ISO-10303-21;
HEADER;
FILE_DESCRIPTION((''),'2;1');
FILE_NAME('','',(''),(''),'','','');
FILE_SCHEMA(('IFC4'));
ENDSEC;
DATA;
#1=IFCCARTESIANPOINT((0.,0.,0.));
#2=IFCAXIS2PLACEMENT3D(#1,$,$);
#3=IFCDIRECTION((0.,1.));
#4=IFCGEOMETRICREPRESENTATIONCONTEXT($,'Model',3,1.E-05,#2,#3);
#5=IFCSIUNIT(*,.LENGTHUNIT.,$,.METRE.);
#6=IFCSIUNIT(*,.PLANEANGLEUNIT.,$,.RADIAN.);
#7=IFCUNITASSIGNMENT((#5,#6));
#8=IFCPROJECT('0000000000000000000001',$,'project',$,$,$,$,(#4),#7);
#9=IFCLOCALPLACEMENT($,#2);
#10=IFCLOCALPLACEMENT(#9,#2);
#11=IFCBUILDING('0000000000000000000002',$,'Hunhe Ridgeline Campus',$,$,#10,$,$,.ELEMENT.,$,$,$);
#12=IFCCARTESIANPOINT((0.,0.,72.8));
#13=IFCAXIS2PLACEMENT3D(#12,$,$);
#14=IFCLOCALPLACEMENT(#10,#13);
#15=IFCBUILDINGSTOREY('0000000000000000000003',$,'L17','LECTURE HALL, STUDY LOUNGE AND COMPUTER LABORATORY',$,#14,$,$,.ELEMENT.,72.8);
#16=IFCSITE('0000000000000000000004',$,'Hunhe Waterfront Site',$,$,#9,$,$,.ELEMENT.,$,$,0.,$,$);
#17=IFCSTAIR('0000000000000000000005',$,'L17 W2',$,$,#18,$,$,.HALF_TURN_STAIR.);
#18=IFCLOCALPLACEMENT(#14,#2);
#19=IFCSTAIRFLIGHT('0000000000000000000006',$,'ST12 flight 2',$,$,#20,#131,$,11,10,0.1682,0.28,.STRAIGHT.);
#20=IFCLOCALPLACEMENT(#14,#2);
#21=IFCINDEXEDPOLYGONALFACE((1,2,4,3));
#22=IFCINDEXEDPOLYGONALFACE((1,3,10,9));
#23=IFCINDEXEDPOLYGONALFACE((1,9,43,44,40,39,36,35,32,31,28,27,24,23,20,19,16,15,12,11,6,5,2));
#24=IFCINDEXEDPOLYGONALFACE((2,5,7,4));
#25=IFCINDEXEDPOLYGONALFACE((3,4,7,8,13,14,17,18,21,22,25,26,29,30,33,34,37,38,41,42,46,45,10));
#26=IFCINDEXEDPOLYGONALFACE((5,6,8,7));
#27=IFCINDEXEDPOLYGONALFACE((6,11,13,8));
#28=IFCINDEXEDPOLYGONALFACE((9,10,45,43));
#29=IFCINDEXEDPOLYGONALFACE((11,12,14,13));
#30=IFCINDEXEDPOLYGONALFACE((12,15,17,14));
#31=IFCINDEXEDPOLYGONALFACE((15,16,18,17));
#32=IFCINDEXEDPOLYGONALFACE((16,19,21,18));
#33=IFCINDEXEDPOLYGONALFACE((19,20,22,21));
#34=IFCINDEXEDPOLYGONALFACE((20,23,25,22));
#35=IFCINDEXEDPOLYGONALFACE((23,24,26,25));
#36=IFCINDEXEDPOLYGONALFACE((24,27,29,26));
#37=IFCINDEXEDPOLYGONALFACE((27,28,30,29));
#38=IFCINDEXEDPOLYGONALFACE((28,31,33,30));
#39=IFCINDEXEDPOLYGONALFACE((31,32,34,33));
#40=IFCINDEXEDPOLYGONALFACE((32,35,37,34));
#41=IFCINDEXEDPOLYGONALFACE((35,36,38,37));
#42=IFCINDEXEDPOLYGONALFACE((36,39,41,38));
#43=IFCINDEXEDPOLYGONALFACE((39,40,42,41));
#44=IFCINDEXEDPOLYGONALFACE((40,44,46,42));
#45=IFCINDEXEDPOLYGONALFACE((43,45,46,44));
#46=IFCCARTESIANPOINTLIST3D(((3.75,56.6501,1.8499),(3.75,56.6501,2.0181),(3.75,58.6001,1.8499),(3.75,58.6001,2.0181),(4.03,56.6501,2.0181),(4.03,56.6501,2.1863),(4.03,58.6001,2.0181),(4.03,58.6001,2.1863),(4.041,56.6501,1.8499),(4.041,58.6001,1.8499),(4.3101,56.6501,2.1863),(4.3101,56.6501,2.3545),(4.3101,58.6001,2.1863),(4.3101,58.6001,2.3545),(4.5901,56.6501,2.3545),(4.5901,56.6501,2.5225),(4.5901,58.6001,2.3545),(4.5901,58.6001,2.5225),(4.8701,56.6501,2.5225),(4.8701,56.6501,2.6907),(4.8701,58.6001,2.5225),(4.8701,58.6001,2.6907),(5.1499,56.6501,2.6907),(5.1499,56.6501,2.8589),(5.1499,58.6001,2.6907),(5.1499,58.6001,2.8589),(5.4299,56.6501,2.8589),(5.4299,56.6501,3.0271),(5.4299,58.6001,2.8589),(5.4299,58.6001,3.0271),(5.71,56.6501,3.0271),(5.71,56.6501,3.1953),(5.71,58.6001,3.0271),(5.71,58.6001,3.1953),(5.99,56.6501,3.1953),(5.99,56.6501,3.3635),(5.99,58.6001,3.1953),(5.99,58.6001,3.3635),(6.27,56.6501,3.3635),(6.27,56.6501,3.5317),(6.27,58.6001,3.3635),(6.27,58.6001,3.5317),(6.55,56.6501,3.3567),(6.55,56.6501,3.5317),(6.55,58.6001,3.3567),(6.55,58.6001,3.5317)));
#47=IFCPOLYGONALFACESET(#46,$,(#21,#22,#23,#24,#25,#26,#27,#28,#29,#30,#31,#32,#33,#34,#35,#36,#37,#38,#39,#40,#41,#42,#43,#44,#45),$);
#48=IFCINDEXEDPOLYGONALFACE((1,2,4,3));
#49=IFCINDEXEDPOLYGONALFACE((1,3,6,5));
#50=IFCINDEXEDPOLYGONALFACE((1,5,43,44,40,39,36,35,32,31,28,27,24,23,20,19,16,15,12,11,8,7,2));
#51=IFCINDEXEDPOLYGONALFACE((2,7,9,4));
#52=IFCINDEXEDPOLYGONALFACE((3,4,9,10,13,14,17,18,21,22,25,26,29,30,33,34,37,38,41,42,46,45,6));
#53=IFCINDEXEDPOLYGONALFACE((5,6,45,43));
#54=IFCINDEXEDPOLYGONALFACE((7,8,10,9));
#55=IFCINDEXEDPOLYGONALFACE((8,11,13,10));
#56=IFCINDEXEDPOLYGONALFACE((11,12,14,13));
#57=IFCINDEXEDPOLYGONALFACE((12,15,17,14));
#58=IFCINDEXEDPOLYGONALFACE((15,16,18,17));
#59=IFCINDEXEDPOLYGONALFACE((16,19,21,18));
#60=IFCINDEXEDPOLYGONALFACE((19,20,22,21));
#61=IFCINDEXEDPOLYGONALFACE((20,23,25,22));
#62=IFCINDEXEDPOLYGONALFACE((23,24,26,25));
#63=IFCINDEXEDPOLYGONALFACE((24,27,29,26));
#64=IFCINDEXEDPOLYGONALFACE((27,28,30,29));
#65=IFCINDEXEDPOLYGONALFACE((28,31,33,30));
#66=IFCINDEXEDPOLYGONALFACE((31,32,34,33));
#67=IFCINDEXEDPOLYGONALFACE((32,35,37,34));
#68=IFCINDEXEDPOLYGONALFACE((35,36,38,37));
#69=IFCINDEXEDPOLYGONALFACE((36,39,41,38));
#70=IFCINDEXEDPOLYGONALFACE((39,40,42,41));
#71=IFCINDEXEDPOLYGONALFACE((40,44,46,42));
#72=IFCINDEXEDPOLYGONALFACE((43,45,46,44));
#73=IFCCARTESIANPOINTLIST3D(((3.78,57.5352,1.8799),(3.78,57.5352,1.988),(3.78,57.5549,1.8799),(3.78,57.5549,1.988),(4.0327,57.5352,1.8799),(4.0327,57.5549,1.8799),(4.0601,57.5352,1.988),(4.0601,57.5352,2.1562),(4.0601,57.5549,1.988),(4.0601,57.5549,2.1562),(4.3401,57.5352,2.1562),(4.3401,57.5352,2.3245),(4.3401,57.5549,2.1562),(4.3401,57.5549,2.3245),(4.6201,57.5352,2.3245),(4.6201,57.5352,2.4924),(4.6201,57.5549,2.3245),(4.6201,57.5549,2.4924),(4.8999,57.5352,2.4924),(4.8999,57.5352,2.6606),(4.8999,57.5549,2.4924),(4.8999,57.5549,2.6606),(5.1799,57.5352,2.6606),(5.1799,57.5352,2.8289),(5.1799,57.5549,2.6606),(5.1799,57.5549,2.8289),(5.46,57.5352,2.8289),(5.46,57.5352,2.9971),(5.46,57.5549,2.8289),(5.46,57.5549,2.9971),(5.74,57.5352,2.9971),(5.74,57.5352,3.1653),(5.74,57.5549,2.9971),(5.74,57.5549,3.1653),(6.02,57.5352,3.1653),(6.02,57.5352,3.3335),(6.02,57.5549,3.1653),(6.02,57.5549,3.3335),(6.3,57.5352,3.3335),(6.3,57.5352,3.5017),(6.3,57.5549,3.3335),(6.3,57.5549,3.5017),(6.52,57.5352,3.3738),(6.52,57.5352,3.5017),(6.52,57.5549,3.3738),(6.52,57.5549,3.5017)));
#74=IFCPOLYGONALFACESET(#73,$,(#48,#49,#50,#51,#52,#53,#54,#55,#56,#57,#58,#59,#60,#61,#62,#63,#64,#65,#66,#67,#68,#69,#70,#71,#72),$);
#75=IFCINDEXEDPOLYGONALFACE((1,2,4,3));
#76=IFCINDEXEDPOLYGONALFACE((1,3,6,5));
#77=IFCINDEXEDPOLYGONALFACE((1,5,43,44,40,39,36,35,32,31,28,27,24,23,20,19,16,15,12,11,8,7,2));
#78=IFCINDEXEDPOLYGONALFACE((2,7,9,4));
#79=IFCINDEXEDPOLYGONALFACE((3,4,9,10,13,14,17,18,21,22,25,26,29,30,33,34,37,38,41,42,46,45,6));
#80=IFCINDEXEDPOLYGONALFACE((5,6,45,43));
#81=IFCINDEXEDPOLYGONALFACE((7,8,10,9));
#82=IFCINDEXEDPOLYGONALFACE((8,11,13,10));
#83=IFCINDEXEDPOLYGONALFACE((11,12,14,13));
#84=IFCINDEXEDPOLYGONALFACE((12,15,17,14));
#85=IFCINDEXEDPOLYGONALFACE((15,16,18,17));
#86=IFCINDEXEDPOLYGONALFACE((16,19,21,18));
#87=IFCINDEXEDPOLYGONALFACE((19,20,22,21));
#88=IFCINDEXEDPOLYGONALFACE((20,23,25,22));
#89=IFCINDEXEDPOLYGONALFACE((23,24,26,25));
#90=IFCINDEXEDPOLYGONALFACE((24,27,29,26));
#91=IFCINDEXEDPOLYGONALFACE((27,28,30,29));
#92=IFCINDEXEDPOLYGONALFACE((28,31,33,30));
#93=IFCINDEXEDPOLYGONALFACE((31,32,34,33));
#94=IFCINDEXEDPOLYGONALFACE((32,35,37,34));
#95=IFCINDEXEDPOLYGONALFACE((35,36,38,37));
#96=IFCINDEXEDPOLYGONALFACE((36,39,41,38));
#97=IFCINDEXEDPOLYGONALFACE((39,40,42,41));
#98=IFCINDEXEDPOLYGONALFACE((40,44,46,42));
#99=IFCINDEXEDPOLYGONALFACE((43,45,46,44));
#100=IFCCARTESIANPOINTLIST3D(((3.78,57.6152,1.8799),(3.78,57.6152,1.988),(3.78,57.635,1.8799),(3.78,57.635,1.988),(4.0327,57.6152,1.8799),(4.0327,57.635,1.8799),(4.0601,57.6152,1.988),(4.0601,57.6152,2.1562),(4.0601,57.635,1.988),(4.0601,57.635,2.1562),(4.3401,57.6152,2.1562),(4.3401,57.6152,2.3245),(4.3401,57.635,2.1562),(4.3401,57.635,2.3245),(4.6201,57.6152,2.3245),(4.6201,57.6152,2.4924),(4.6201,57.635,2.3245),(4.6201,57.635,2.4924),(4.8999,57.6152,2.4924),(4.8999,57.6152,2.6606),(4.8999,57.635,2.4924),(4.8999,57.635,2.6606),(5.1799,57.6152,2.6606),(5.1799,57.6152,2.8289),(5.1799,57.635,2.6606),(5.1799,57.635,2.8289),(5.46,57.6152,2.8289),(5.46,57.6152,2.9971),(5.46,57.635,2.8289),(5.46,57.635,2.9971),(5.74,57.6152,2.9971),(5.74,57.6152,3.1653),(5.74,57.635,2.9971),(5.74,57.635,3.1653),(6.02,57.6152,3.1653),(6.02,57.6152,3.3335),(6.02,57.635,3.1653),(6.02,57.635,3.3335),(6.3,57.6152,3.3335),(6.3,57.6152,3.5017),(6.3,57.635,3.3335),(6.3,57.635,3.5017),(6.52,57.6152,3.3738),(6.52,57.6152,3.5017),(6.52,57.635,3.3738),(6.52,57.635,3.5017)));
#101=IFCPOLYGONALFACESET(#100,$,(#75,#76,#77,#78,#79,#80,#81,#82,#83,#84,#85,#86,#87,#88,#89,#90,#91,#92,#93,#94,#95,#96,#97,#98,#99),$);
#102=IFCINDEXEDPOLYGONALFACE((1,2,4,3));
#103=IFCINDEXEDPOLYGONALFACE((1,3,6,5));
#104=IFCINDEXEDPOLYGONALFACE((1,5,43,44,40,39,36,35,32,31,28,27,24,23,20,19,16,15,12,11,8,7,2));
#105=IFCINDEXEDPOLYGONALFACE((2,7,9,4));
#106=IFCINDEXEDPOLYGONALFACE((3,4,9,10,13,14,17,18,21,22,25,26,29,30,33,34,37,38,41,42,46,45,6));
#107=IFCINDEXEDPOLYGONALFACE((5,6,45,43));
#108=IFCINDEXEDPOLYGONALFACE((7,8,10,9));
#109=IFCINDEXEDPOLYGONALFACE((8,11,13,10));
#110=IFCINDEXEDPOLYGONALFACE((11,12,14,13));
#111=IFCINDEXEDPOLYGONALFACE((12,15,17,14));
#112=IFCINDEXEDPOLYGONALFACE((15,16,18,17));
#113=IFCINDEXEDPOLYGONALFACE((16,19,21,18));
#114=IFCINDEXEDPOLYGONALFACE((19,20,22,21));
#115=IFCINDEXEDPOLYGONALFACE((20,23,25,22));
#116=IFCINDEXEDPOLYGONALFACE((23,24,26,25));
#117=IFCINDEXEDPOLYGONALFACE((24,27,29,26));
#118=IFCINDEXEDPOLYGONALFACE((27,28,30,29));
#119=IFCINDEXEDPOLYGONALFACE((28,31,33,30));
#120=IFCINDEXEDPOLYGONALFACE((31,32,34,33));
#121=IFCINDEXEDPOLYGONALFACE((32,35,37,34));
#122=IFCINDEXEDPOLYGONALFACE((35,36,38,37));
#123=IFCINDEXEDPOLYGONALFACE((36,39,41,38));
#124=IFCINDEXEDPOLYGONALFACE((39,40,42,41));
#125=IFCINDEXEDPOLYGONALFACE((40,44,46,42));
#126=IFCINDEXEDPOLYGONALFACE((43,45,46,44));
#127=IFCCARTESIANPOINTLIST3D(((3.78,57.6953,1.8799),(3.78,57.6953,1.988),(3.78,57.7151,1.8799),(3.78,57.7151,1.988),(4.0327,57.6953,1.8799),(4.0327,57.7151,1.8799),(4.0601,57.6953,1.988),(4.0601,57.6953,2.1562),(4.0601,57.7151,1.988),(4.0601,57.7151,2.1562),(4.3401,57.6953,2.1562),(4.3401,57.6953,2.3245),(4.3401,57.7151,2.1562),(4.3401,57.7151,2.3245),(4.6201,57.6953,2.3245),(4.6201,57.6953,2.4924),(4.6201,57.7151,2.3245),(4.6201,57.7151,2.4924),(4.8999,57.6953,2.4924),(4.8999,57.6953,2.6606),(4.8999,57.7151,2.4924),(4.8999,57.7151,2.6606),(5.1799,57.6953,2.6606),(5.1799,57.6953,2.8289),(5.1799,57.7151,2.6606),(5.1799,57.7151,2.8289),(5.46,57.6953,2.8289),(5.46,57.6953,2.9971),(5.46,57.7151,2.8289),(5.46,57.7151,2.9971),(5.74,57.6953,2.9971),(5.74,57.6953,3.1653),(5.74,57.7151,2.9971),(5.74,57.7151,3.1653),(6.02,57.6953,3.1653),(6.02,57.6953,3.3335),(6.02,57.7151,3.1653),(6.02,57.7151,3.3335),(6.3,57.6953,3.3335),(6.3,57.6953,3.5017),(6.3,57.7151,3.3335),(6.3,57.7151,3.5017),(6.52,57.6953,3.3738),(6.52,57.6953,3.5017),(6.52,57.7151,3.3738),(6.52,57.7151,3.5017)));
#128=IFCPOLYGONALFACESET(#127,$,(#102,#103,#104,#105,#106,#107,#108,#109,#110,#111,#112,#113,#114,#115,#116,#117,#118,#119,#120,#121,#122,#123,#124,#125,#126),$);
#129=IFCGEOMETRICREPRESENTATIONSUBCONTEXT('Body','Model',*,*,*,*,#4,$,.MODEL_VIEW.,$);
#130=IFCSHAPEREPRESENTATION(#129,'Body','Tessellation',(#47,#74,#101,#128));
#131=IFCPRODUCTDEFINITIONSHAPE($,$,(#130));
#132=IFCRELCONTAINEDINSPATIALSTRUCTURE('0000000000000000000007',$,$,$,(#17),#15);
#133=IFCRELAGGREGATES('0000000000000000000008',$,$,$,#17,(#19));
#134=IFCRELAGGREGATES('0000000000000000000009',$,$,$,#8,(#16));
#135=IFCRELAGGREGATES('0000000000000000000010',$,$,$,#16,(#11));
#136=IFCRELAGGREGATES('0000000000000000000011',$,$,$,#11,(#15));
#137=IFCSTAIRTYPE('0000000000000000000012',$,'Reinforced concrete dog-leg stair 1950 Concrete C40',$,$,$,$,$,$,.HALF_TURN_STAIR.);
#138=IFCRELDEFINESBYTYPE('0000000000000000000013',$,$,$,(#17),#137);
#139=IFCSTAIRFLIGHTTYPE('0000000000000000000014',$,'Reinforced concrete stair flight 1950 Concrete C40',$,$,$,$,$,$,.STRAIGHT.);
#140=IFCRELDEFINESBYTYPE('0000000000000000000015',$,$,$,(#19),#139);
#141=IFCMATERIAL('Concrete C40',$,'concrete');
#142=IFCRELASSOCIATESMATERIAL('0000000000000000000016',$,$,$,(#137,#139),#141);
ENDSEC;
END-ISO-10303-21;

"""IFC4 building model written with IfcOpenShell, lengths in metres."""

from ifc_helpers import new_model, si_unit, direction, frame, origin, place, context, subcontext, project, spatial, polyline, outline, extrude, material, type_object, element, aggregate, save


model = new_model("IFC4")

# Units and contexts
model_context = context("Model", 3, precision=1e-05, world=origin(), true_north=direction((0.0, 1.0)))
body_context = subcontext(model_context, "Body", "Model", "MODEL_VIEW")
ifc_project = project(units=[si_unit("LENGTHUNIT", "METRE"), si_unit("PLANEANGLEUNIT", "RADIAN")], contexts=[model_context])

# Site, building, storey
site_placement = place(None, origin())
site = spatial("IfcSite", under=ifc_project, at=site_placement, Name="Hunhe Waterfront Site", CompositionType="ELEMENT", RefElevation=0.0)
building_placement = place(site_placement, origin())
building = spatial("IfcBuilding", under=site, at=building_placement, Name="Hunhe Ridgeline Campus", CompositionType="ELEMENT")
storey_placement = place(building_placement, frame((0.0, 0.0, 72.8)))
storey = spatial("IfcBuildingStorey", under=building, at=storey_placement, Name="L17", Description="LECTURE HALL, STUDY LOUNGE AND COMPUTER LABORATORY", CompositionType="ELEMENT", Elevation=72.8)

# Stair, stair flight
ifc_material_1 = material(Name="Concrete C40", Category="concrete")
stair_type = type_object("IfcStairType", Name="Reinforced concrete dog-leg stair 1950 Concrete C40", PredefinedType="HALF_TURN_STAIR", material=ifc_material_1)
stair_placement = place(storey_placement, origin())
stair = element("IfcStair", 1, at=stair_placement, inside=storey, type_object=stair_type, Name="L17 W2", PredefinedType="HALF_TURN_STAIR")
stair_flight_type = type_object("IfcStairFlightType", Name="Reinforced concrete stair flight 1950 Concrete C40", PredefinedType="STRAIGHT", material=ifc_material_1)
stair_flight_1_placement = place(storey_placement, frame((3.75, 57.625, 1.8499), z_axis=(0.0, 0.0, 1.0), x_axis=(1.0, 0.0, 0.0)))
stair_flight_1 = element("IfcStairFlight", 2, at=stair_flight_1_placement, type_object=stair_flight_type, Name="ST12 flight 2", NumberOfRisers=11, NumberOfTreads=10, PredefinedType="STRAIGHT", RiserHeight=0.1682, TreadLength=0.28, context=body_context, shape_type="SweptSolid", body=[
    extrude(outline(polyline([(0.0, 0.0), (0.0, 0.1682), (0.28, 0.1682), (0.28, 0.3364), (0.5601, 0.3364), (0.5601, 0.5046), (0.8401, 0.5046), (0.8401, 0.6726), (1.1201, 0.6726), (1.1201, 0.8408), (1.3999, 0.8408), (1.3999, 1.009), (1.6799, 1.009), (1.6799, 1.1772), (1.96, 1.1772), (1.96, 1.3455), (2.24, 1.3455), (2.24, 1.5137), (2.52, 1.5137), (2.52, 1.6819), (2.8, 1.6819), (2.8, 1.8501), (2.8, 1.5068), (0.291, 0.0), (0.0, 0.0)])), frame((0.0, 0.9751, 0.0), z_axis=(0.0, -1.0, 0.0), x_axis=(1.0, 0.0, 0.0)), (0.0, 0.0, 1.0), 1.95),
    extrude(outline(polyline([(0.03, 0.03), (0.03, 0.1382), (0.3101, 0.1382), (0.3101, 0.3064), (0.5901, 0.3064), (0.5901, 0.4746), (0.8701, 0.4746), (0.8701, 0.6426), (1.1499, 0.6426), (1.1499, 0.8108), (1.4299, 0.8108), (1.4299, 0.979), (1.71, 0.979), (1.71, 1.1472), (1.99, 1.1472), (1.99, 1.3154), (2.27, 1.3154), (2.27, 1.4836), (2.55, 1.4836), (2.55, 1.6519), (2.77, 1.6519), (2.77, 1.5239), (0.2827, 0.03), (0.03, 0.03)])), frame((0.0, -0.0701, 0.0), z_axis=(0.0, -1.0, 0.0), x_axis=(1.0, 0.0, 0.0)), (0.0, 0.0, 1.0), 0.0198),
    extrude(outline(polyline([(0.03, 0.03), (0.03, 0.1382), (0.3101, 0.1382), (0.3101, 0.3064), (0.5901, 0.3064), (0.5901, 0.4746), (0.8701, 0.4746), (0.8701, 0.6426), (1.1499, 0.6426), (1.1499, 0.8108), (1.4299, 0.8108), (1.4299, 0.979), (1.71, 0.979), (1.71, 1.1472), (1.99, 1.1472), (1.99, 1.3154), (2.27, 1.3154), (2.27, 1.4836), (2.55, 1.4836), (2.55, 1.6519), (2.77, 1.6519), (2.77, 1.5239), (0.2827, 0.03), (0.03, 0.03)])), frame((0.0, 0.01, 0.0), z_axis=(0.0, -1.0, 0.0), x_axis=(1.0, 0.0, 0.0)), (0.0, 0.0, 1.0), 0.0198),
    extrude(outline(polyline([(0.03, 0.03), (0.03, 0.1382), (0.3101, 0.1382), (0.3101, 0.3064), (0.5901, 0.3064), (0.5901, 0.4746), (0.8701, 0.4746), (0.8701, 0.6426), (1.1499, 0.6426), (1.1499, 0.8108), (1.4299, 0.8108), (1.4299, 0.979), (1.71, 0.979), (1.71, 1.1472), (1.99, 1.1472), (1.99, 1.3154), (2.27, 1.3154), (2.27, 1.4836), (2.55, 1.4836), (2.55, 1.6519), (2.77, 1.6519), (2.77, 1.5239), (0.2827, 0.03), (0.03, 0.03)])), frame((0.0, 0.0901, 0.0), z_axis=(0.0, -1.0, 0.0), x_axis=(1.0, 0.0, 0.0)), (0.0, 0.0, 1.0), 0.0198),
])
aggregate(stair, [stair_flight_1])

save(model, "model.ifc")
